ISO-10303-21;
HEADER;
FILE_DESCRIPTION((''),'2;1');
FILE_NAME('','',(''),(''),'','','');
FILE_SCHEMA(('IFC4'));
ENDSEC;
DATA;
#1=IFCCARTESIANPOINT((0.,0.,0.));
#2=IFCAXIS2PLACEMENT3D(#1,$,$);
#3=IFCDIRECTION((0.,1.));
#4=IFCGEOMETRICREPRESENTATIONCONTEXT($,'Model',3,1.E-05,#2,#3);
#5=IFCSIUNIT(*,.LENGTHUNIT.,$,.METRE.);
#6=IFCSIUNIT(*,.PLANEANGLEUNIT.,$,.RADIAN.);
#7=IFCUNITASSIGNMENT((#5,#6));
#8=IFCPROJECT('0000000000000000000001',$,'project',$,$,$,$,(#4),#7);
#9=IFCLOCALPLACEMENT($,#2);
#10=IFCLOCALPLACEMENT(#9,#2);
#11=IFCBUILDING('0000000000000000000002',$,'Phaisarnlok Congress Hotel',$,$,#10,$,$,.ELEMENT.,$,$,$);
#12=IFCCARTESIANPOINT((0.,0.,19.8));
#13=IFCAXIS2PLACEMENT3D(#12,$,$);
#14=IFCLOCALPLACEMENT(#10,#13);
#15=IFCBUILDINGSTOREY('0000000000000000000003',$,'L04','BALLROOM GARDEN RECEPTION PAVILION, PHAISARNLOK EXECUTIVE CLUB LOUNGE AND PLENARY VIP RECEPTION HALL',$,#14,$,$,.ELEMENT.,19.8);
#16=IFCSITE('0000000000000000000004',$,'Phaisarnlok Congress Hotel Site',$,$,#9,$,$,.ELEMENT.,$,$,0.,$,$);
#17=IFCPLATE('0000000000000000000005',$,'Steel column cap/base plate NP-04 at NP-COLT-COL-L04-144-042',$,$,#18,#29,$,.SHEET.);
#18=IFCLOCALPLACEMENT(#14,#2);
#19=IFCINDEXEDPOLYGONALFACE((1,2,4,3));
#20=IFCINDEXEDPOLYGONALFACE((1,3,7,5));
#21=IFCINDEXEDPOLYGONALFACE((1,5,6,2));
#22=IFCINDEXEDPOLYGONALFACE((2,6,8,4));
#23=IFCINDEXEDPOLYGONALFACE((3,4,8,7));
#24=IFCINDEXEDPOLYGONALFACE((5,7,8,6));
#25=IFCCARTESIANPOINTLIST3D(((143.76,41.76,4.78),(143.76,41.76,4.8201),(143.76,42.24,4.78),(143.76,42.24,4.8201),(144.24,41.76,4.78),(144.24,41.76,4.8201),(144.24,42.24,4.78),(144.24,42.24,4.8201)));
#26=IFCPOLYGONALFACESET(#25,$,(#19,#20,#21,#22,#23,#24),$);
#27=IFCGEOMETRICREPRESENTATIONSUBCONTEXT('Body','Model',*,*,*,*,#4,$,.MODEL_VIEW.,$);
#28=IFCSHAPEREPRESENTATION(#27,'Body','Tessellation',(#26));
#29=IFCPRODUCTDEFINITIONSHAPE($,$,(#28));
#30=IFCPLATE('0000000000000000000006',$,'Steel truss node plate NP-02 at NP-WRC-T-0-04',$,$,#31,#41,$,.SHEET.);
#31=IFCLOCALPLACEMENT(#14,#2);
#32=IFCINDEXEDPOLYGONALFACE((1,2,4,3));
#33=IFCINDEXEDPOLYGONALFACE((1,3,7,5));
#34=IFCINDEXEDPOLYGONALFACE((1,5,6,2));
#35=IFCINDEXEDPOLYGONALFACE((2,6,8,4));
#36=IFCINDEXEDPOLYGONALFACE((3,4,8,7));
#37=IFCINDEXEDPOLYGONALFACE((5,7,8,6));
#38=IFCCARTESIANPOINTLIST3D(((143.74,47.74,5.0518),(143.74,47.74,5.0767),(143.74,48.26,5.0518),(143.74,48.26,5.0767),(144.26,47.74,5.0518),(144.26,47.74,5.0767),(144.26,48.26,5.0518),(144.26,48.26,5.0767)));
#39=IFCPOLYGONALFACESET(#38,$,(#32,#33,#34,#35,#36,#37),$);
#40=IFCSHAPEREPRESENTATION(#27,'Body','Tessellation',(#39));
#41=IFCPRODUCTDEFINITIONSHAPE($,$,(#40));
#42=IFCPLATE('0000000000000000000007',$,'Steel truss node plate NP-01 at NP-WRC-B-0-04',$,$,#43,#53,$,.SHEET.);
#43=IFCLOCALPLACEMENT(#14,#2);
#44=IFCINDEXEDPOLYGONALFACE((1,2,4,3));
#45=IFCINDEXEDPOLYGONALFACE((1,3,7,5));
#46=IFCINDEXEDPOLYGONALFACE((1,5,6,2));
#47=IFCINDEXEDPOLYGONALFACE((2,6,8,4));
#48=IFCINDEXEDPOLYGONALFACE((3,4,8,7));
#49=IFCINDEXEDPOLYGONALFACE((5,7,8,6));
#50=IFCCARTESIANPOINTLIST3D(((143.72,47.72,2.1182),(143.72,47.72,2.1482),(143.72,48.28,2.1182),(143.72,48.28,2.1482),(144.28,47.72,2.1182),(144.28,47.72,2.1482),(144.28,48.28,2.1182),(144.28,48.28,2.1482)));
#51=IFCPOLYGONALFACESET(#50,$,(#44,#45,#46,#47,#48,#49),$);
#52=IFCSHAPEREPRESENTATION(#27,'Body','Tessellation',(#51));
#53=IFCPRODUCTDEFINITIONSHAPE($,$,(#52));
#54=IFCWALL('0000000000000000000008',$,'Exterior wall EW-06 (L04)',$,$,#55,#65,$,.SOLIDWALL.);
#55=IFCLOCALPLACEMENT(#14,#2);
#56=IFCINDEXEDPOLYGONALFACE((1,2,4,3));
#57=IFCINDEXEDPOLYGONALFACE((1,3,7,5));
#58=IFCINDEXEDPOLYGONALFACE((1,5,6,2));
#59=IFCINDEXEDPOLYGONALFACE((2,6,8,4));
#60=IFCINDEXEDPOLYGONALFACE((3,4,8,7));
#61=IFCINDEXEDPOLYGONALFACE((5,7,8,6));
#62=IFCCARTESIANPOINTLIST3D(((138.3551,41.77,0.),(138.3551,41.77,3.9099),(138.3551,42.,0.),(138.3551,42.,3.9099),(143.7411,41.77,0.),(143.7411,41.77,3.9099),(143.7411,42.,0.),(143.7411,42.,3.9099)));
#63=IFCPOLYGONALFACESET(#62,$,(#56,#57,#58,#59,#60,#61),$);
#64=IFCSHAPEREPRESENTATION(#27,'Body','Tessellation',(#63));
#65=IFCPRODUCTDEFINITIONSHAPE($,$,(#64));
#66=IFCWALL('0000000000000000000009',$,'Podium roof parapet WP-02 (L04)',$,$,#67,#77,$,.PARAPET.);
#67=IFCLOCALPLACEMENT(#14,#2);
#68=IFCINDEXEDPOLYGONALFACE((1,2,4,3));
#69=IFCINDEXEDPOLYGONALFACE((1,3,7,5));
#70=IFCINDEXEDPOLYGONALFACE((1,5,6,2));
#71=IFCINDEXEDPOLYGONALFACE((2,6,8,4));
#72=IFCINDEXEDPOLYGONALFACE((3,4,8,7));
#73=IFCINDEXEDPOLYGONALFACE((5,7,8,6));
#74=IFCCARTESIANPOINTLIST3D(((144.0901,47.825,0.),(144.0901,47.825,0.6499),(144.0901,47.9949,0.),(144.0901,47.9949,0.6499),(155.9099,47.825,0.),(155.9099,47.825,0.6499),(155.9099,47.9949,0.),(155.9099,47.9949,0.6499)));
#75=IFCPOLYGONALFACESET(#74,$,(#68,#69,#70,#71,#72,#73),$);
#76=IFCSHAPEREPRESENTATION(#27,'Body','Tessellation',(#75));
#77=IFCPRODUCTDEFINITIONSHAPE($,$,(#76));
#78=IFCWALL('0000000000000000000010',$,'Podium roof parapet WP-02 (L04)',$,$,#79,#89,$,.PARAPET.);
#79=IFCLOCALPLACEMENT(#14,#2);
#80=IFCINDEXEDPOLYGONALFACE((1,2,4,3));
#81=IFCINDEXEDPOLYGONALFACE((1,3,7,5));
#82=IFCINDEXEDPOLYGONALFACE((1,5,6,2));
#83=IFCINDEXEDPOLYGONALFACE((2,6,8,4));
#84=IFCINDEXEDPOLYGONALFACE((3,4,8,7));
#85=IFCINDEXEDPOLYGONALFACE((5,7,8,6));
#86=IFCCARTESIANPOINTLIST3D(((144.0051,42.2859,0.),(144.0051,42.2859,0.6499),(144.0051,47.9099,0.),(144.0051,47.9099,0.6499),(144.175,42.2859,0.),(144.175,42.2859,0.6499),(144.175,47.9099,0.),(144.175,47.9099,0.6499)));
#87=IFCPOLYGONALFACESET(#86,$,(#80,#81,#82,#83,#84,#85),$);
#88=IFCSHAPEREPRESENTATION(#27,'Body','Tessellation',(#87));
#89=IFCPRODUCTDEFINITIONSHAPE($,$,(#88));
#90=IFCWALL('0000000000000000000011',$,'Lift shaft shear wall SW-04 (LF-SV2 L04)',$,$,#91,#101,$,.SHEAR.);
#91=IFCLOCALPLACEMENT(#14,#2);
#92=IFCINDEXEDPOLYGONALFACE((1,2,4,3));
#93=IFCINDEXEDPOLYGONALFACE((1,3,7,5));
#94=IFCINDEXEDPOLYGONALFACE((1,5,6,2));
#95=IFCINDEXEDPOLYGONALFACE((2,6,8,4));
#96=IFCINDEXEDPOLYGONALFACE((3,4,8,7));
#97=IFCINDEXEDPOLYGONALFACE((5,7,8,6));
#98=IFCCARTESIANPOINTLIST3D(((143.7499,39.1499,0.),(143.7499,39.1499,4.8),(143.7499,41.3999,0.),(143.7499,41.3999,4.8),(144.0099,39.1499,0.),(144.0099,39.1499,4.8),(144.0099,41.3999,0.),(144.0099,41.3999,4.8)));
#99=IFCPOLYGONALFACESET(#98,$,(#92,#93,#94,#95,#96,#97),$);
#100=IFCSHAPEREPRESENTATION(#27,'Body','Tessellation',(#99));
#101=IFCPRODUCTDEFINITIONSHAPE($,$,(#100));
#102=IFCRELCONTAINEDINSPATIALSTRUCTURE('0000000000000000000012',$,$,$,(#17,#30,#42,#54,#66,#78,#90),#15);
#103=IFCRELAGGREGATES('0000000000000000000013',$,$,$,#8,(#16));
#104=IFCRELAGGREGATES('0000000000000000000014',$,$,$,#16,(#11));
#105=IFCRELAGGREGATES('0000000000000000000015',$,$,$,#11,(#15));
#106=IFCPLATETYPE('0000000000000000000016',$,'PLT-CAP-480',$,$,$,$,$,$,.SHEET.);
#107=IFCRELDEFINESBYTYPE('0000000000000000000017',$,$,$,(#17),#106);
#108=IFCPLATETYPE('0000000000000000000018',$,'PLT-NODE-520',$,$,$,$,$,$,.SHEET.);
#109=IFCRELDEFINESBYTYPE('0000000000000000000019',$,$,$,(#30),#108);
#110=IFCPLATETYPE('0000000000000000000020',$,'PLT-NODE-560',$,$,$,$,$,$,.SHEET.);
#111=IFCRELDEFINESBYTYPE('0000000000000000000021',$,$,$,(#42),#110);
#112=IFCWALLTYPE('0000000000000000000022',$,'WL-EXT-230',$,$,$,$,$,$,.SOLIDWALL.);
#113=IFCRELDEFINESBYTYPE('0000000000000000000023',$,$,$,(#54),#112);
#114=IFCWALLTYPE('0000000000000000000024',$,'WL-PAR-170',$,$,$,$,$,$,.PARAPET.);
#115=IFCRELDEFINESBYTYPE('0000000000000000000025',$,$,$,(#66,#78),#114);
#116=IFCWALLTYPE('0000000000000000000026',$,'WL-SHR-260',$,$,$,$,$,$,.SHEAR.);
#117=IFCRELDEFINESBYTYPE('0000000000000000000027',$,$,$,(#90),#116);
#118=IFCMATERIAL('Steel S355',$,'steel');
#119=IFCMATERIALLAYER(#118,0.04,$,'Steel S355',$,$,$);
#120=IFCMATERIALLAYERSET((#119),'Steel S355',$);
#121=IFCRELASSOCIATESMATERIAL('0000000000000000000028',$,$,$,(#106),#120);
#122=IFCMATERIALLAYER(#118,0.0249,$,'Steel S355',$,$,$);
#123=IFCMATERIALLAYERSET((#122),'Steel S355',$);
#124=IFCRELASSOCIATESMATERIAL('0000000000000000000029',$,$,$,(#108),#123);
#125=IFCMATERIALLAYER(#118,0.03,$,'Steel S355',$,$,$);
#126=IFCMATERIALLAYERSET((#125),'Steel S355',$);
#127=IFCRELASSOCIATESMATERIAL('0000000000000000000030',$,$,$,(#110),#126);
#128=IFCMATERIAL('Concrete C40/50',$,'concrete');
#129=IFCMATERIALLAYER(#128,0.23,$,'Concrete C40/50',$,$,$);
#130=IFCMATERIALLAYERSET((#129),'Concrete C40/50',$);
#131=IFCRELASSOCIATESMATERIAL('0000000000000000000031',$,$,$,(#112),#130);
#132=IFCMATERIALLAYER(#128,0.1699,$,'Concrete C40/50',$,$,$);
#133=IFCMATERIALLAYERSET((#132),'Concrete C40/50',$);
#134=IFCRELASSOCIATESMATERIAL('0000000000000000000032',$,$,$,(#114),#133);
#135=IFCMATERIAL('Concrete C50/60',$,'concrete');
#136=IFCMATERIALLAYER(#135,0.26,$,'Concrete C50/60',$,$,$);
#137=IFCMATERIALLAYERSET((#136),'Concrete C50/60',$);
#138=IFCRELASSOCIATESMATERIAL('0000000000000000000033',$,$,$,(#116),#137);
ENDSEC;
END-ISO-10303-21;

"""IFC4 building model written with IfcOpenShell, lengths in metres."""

from ifc_helpers import new_model, si_unit, direction, frame, frame_2d, origin, origin_2d, place, context, subcontext, project, spatial, rectangle, extrude, material, layer, layer_set, type_object, element, save


model = new_model("IFC4")

# Units and contexts
model_context = context("Model", 3, precision=1e-05, world=origin(), true_north=direction((0.0, 1.0)))
body_context = subcontext(model_context, "Body", "Model", "MODEL_VIEW")
ifc_project = project(units=[si_unit("LENGTHUNIT", "METRE"), si_unit("PLANEANGLEUNIT", "RADIAN")], contexts=[model_context])

# Site, building, storey
site_placement = place(None, origin())
site = spatial("IfcSite", under=ifc_project, at=site_placement, Name="Phaisarnlok Congress Hotel Site", CompositionType="ELEMENT", RefElevation=0.0)
building_placement = place(site_placement, origin())
building = spatial("IfcBuilding", under=site, at=building_placement, Name="Phaisarnlok Congress Hotel", CompositionType="ELEMENT")
storey_placement = place(building_placement, frame((0.0, 0.0, 19.8)))
storey = spatial("IfcBuildingStorey", under=building, at=storey_placement, Name="L04", Description="BALLROOM GARDEN RECEPTION PAVILION, PHAISARNLOK EXECUTIVE CLUB LOUNGE AND PLENARY VIP RECEPTION HALL", CompositionType="ELEMENT", Elevation=19.8)

# Shared definitions
ifc_material_1 = material(Name="Steel S355", Category="steel")

# Plates
ifc_layer_1 = layer(ifc_material_1, 0.04, Name="Steel S355")
ifc_layer_set_1 = layer_set([ifc_layer_1], Name="Steel S355")
plate_type_1 = type_object("IfcPlateType", Name="PLT-CAP-480", PredefinedType="SHEET", material=ifc_layer_set_1)
plate_1_placement = place(storey_placement, frame((144.0, 42.0, 4.78), z_axis=(0.0, 0.0, 1.0), x_axis=(1.0, 0.0, 0.0)))
element("IfcPlate", 1, at=plate_1_placement, inside=storey, type_object=plate_type_1, Name="Steel column cap/base plate NP-04 at NP-COLT-COL-L04-144-042", PredefinedType="SHEET", context=body_context, shape_type="SweptSolid", body=[
    extrude(rectangle(XDim=0.48, YDim=0.48, at=origin_2d()), origin(), (0.0, 0.0, 1.0), 0.04),
])
ifc_layer_2 = layer(ifc_material_1, 0.0249, Name="Steel S355")
ifc_layer_set_2 = layer_set([ifc_layer_2], Name="Steel S355")
plate_type_2 = type_object("IfcPlateType", Name="PLT-NODE-520", PredefinedType="SHEET", material=ifc_layer_set_2)
plate_2_placement = place(storey_placement, frame((144.0, 48.0, 5.0518), z_axis=(0.0, 0.0, 1.0), x_axis=(1.0, 0.0, 0.0)))
element("IfcPlate", 2, at=plate_2_placement, inside=storey, type_object=plate_type_2, Name="Steel truss node plate NP-02 at NP-WRC-T-0-04", PredefinedType="SHEET", context=body_context, shape_type="SweptSolid", body=[
    extrude(rectangle(XDim=0.52, YDim=0.52, at=origin_2d()), origin(), (0.0, 0.0, 1.0), 0.0249),
])
ifc_layer_3 = layer(ifc_material_1, 0.03, Name="Steel S355")
ifc_layer_set_3 = layer_set([ifc_layer_3], Name="Steel S355")
plate_type_3 = type_object("IfcPlateType", Name="PLT-NODE-560", PredefinedType="SHEET", material=ifc_layer_set_3)
plate_3_placement = place(storey_placement, frame((144.0, 48.0, 2.1182), z_axis=(0.0, 0.0, 1.0), x_axis=(1.0, 0.0, 0.0)))
element("IfcPlate", 3, at=plate_3_placement, inside=storey, type_object=plate_type_3, Name="Steel truss node plate NP-01 at NP-WRC-B-0-04", PredefinedType="SHEET", context=body_context, shape_type="SweptSolid", body=[
    extrude(rectangle(XDim=0.5601, YDim=0.5601, at=origin_2d()), origin(), (0.0, 0.0, 1.0), 0.03),
])

# Walls
ifc_material_2 = material(Name="Concrete C40/50", Category="concrete")
ifc_layer_4 = layer(ifc_material_2, 0.23, Name="Concrete C40/50")
ifc_layer_set_4 = layer_set([ifc_layer_4], Name="Concrete C40/50")
wall_type_1 = type_object("IfcWallType", Name="WL-EXT-230", PredefinedType="SOLIDWALL", material=ifc_layer_set_4)
wall_1_placement = place(storey_placement, frame((143.741, 41.885, 0.0), z_axis=(0.0, 0.0, 1.0), x_axis=(-1.0, 0.0, 0.0)))
element("IfcWall", 4, at=wall_1_placement, inside=storey, type_object=wall_type_1, Name="Exterior wall EW-06 (L04)", PredefinedType="SOLIDWALL", context=body_context, shape_type="SweptSolid", body=[
    extrude(rectangle(XDim=5.386, YDim=0.23, at=frame_2d((2.6929, 0.0))), origin(), (0.0, 0.0, 1.0), 3.9099),
])
ifc_layer_5 = layer(ifc_material_2, 0.1699, Name="Concrete C40/50")
ifc_layer_set_5 = layer_set([ifc_layer_5], Name="Concrete C40/50")
wall_type_2 = type_object("IfcWallType", Name="WL-PAR-170", PredefinedType="PARAPET", material=ifc_layer_set_5)
wall_2_placement = place(storey_placement, frame((155.9099, 47.9099, 0.0), z_axis=(0.0, 0.0, 1.0), x_axis=(-1.0, 0.0, 0.0)))
element("IfcWall", 5, at=wall_2_placement, inside=storey, type_object=wall_type_2, Name="Podium roof parapet WP-02 (L04)", PredefinedType="PARAPET", context=body_context, shape_type="SweptSolid", body=[
    extrude(rectangle(XDim=11.8198, YDim=0.1699, at=frame_2d((5.9099, 0.0))), origin(), (0.0, 0.0, 1.0), 0.6499),
])
wall_3_placement = place(storey_placement, frame((144.0901, 47.9099, 0.0), z_axis=(0.0, 0.0, 1.0), x_axis=(0.0, -1.0, 0.0)))
element("IfcWall", 6, at=wall_3_placement, inside=storey, type_object=wall_type_2, Name="Podium roof parapet WP-02 (L04)", PredefinedType="PARAPET", context=body_context, shape_type="SweptSolid", body=[
    extrude(rectangle(XDim=5.624, YDim=0.1699, at=frame_2d((2.812, 0.0))), origin(), (0.0, 0.0, 1.0), 0.6499),
])
ifc_material_3 = material(Name="Concrete C50/60", Category="concrete")
ifc_layer_6 = layer(ifc_material_3, 0.26, Name="Concrete C50/60")
ifc_layer_set_6 = layer_set([ifc_layer_6], Name="Concrete C50/60")
wall_type_3 = type_object("IfcWallType", Name="WL-SHR-260", PredefinedType="SHEAR", material=ifc_layer_set_6)
wall_4_placement = place(storey_placement, frame((143.8799, 39.1499, 0.0), z_axis=(0.0, 0.0, 1.0), x_axis=(0.0, 1.0, 0.0)))
element("IfcWall", 7, at=wall_4_placement, inside=storey, type_object=wall_type_3, Name="Lift shaft shear wall SW-04 (LF-SV2 L04)", PredefinedType="SHEAR", context=body_context, shape_type="SweptSolid", body=[
    extrude(rectangle(XDim=2.25, YDim=0.26, at=frame_2d((1.125, 0.0))), origin(), (0.0, 0.0, 1.0), 4.8),
])

save(model, "model.ifc")
